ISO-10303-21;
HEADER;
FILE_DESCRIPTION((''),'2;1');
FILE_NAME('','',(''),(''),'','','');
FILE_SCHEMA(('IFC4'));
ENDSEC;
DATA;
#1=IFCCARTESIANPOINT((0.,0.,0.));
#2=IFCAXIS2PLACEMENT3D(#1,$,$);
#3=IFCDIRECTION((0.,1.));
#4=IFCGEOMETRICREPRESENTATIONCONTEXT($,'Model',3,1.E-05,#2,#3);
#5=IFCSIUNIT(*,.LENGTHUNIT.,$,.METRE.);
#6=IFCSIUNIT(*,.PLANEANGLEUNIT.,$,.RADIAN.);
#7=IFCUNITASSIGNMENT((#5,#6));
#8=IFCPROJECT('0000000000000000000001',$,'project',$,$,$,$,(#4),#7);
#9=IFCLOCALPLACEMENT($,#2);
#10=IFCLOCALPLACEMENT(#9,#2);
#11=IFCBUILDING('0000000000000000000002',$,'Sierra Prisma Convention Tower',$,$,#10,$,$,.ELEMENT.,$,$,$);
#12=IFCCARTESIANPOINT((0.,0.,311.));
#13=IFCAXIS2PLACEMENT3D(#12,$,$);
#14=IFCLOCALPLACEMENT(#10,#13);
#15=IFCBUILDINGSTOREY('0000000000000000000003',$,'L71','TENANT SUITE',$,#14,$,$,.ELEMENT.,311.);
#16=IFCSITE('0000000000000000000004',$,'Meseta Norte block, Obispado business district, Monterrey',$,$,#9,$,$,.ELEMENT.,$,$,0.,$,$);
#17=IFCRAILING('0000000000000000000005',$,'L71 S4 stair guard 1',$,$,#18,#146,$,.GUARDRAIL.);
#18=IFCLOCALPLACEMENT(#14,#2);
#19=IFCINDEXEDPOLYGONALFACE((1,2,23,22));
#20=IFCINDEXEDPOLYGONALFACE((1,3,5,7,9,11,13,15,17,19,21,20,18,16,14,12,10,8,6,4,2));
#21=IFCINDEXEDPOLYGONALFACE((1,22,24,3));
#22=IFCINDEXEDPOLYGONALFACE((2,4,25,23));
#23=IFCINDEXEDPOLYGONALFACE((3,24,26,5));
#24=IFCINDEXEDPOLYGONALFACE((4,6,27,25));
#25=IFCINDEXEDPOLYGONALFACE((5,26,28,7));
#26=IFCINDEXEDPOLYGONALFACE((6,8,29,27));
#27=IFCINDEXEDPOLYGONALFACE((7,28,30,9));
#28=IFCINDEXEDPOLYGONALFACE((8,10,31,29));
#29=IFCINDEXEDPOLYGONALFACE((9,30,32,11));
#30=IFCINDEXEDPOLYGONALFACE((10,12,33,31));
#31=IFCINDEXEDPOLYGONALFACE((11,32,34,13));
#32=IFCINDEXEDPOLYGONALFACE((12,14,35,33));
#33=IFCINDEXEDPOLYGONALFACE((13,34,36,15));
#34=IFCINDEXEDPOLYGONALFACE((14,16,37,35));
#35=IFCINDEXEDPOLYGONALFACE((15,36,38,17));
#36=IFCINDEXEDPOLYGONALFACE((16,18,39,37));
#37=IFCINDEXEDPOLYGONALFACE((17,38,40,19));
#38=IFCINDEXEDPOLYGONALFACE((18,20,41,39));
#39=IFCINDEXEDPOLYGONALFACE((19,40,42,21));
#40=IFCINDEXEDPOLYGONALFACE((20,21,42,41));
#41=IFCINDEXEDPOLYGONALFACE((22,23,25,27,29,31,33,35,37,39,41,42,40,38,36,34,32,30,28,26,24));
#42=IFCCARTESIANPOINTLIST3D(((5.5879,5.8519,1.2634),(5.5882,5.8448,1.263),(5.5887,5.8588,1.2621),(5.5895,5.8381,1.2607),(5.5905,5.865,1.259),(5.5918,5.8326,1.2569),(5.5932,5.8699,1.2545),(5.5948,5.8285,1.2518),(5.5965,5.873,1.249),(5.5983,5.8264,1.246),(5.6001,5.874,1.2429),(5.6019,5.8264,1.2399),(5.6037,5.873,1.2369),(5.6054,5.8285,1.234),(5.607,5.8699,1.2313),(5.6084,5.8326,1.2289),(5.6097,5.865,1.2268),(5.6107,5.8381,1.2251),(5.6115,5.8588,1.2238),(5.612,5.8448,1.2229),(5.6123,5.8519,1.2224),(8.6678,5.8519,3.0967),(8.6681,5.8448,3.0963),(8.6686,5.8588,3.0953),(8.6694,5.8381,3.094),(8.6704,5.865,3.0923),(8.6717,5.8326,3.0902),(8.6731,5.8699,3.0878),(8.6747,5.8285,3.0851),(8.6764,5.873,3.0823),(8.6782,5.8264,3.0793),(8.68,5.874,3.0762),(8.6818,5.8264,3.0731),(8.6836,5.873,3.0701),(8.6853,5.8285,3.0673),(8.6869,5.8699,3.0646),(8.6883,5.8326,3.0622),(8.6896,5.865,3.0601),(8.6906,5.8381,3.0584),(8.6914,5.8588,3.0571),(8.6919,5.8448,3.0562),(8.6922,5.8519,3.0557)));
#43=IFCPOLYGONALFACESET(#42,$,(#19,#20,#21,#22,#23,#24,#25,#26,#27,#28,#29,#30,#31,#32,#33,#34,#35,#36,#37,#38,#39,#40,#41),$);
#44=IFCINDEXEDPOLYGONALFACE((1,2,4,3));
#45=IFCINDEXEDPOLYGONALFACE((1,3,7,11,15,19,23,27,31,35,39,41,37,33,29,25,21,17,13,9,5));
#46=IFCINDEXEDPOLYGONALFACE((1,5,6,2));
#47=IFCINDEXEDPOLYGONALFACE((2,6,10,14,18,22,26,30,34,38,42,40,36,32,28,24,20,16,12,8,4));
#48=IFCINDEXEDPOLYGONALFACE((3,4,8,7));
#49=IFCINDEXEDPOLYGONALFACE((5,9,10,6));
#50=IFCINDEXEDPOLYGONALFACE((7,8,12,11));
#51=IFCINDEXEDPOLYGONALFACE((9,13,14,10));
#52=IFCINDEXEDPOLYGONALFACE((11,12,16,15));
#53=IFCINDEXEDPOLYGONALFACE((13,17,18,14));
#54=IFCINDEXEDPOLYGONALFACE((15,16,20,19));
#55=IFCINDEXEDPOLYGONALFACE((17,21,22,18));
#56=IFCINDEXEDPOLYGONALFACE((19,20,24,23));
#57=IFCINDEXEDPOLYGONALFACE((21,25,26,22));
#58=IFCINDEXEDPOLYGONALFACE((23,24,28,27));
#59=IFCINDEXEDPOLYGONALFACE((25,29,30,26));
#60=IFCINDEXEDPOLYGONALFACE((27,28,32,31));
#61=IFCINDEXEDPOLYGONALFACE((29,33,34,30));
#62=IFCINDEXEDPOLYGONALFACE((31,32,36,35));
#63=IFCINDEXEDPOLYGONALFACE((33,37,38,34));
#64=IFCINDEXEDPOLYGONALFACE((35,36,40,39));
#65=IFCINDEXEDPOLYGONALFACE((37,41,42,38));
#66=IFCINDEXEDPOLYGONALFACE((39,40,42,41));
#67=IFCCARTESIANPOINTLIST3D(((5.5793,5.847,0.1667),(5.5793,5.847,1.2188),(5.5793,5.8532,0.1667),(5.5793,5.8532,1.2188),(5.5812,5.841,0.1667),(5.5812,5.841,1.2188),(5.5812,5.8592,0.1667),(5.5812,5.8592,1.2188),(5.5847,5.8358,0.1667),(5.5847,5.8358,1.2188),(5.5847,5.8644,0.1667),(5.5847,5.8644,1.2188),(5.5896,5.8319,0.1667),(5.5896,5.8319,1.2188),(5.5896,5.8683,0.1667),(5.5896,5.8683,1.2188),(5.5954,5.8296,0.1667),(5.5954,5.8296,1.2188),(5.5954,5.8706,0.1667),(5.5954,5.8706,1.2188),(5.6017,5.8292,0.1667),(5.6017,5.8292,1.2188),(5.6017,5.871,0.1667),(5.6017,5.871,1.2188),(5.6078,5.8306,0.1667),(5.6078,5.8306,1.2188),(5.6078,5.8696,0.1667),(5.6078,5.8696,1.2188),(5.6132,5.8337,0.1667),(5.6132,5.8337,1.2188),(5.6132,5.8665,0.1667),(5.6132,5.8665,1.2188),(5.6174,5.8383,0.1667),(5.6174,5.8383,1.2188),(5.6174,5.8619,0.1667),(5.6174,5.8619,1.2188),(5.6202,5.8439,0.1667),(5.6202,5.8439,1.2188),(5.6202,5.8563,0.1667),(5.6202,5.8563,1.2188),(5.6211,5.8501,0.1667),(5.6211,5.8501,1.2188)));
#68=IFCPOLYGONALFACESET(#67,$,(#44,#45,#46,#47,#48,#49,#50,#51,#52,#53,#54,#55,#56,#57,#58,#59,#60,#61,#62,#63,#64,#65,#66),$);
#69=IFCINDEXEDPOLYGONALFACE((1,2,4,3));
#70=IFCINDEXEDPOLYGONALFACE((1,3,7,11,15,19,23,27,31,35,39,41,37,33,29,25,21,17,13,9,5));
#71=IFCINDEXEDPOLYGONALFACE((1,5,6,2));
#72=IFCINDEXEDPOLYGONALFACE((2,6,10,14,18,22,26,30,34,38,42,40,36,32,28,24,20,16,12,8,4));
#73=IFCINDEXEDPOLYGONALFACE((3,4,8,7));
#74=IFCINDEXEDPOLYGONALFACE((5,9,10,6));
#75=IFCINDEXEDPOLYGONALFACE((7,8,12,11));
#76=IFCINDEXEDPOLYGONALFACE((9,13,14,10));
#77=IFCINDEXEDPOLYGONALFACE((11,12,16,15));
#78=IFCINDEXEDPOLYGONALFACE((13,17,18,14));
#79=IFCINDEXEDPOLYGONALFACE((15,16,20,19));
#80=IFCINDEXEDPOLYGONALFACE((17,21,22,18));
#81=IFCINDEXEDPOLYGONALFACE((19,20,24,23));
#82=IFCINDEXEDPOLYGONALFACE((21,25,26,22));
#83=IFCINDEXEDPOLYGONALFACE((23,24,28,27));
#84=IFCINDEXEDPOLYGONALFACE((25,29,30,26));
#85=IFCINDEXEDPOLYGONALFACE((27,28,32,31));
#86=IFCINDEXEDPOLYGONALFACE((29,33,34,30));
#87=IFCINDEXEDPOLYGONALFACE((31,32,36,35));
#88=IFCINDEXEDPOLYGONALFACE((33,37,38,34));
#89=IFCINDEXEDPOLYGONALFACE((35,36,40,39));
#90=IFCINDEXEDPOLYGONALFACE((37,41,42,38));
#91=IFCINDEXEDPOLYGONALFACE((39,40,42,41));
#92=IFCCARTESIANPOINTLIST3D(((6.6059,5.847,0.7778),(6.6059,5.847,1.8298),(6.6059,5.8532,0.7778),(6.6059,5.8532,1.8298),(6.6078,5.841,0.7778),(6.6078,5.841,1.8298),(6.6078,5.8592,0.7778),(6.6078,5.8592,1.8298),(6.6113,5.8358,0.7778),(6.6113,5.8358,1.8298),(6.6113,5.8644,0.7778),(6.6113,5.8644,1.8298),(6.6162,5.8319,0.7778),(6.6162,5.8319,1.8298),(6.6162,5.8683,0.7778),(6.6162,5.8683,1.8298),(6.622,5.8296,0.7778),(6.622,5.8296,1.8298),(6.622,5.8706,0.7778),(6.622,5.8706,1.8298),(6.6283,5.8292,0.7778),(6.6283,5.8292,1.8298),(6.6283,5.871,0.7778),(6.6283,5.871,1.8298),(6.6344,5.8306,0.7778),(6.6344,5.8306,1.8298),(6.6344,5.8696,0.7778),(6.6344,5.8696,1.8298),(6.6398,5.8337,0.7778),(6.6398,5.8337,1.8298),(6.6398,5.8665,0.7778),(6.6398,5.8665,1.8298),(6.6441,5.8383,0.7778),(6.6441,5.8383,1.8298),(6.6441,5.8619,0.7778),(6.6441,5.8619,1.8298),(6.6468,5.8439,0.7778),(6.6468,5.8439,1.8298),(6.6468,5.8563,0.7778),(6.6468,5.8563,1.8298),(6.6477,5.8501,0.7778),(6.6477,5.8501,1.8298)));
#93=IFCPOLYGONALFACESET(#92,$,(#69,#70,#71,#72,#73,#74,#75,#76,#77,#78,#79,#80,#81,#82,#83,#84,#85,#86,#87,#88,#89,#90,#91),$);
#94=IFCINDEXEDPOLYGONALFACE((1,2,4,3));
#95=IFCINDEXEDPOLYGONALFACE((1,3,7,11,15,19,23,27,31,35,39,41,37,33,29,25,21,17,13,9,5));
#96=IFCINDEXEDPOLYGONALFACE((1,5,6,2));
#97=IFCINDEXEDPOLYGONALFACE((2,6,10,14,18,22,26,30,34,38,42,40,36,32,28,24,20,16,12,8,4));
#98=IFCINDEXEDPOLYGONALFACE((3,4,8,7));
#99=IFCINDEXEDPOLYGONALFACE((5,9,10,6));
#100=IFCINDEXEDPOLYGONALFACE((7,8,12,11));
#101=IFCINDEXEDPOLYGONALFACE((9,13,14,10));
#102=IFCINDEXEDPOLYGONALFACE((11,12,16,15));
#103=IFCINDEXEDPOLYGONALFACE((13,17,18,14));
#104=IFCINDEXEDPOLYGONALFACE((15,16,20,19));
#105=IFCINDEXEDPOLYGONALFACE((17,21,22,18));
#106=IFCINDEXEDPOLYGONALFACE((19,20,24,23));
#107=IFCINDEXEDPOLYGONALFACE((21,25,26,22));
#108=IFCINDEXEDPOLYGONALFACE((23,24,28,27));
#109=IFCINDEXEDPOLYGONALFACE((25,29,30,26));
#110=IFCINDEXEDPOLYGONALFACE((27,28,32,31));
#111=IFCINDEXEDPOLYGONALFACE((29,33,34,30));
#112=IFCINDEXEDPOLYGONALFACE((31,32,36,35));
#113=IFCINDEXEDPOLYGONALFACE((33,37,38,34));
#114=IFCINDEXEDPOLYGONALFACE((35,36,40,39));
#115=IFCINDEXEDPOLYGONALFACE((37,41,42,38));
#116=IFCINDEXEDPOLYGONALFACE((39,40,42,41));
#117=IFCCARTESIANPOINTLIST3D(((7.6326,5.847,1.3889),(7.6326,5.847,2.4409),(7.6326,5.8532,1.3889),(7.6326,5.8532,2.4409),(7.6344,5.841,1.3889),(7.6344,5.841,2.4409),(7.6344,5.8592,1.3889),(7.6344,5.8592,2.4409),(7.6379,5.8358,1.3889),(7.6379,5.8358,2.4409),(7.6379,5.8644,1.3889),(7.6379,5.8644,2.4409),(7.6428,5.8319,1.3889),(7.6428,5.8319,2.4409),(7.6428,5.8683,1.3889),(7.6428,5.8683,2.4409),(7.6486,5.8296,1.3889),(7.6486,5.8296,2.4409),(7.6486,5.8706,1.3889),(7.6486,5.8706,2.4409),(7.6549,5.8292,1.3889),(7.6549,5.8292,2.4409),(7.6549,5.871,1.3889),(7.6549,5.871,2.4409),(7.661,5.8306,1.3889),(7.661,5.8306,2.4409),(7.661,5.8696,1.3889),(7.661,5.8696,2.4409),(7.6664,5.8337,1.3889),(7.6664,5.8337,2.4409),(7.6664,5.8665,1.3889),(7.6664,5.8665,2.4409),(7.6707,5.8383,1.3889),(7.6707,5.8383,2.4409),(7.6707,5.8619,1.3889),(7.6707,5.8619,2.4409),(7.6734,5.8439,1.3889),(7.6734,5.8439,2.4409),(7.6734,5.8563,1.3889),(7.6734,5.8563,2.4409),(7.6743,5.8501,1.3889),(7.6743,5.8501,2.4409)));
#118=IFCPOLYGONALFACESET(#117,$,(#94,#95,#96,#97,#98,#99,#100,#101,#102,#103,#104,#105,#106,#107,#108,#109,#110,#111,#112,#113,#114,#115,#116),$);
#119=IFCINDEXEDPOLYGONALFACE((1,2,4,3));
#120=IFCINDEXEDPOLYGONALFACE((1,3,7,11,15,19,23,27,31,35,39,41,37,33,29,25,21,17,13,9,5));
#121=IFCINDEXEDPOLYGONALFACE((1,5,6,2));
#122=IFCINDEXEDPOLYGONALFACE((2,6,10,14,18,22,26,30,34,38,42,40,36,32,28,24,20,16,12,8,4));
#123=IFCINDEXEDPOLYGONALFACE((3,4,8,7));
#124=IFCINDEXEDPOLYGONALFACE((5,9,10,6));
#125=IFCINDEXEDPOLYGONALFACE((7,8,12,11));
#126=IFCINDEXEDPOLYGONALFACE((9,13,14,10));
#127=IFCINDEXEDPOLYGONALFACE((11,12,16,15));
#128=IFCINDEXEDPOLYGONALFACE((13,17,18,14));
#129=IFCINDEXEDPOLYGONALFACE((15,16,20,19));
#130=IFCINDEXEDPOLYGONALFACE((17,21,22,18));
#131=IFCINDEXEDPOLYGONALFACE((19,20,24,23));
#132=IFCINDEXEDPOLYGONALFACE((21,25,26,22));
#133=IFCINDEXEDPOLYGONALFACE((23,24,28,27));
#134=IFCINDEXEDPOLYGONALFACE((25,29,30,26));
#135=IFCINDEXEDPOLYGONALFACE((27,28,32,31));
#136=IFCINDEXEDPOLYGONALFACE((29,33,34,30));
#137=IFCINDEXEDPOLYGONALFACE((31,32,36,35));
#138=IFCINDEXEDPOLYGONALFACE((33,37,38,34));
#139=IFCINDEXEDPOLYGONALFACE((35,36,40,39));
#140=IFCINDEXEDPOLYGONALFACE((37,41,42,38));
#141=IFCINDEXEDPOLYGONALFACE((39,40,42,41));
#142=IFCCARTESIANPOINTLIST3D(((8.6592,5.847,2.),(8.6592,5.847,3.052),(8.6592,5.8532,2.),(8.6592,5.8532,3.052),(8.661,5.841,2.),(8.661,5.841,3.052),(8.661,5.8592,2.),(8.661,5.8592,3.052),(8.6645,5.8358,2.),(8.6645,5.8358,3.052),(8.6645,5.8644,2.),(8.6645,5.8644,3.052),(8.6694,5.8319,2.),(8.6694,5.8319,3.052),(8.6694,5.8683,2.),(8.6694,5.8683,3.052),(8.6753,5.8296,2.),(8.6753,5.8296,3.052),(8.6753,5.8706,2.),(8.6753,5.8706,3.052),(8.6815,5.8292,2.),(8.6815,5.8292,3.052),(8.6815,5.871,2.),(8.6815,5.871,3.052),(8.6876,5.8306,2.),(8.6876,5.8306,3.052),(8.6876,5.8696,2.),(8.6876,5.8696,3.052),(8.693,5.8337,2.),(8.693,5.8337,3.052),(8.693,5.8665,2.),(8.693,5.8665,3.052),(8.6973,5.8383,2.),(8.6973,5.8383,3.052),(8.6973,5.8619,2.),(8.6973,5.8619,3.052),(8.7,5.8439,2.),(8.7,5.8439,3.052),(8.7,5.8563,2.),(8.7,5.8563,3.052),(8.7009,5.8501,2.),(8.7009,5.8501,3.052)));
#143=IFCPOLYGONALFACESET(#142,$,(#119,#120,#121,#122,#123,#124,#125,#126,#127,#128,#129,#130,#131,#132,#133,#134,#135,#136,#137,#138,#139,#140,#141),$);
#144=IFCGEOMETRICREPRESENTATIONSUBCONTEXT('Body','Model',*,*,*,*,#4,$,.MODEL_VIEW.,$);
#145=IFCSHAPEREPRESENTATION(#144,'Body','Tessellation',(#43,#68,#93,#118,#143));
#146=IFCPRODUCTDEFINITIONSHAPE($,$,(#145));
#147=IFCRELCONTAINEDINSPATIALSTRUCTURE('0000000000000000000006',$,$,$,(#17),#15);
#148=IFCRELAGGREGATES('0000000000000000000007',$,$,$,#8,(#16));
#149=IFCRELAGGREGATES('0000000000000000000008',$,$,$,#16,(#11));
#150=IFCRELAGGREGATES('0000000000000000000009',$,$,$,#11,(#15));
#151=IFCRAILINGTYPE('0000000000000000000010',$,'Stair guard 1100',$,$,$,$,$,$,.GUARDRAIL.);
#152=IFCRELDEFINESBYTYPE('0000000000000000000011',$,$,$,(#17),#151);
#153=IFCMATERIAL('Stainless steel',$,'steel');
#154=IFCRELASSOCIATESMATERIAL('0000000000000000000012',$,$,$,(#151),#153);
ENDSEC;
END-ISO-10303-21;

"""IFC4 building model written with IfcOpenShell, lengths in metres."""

from ifc_helpers import new_model, si_unit, direction, frame, origin, origin_2d, place, context, subcontext, project, spatial, circle, extrude, material, type_object, element, save


model = new_model("IFC4")

# Units and contexts
model_context = context("Model", 3, precision=1e-05, world=origin(), true_north=direction((0.0, 1.0)))
body_context = subcontext(model_context, "Body", "Model", "MODEL_VIEW")
ifc_project = project(units=[si_unit("LENGTHUNIT", "METRE"), si_unit("PLANEANGLEUNIT", "RADIAN")], contexts=[model_context])

# Site, building, storey
site_placement = place(None, origin())
site = spatial("IfcSite", under=ifc_project, at=site_placement, Name="Meseta Norte block, Obispado business district, Monterrey", CompositionType="ELEMENT", RefElevation=0.0)
building_placement = place(site_placement, origin())
building = spatial("IfcBuilding", under=site, at=building_placement, Name="Sierra Prisma Convention Tower", CompositionType="ELEMENT")
storey_placement = place(building_placement, frame((0.0, 0.0, 311.0)))
storey = spatial("IfcBuildingStorey", under=building, at=storey_placement, Name="L71", Description="TENANT SUITE", CompositionType="ELEMENT", Elevation=311.0)

# Railing
ifc_material_1 = material(Name="Stainless steel", Category="steel")
railing_type_1 = type_object("IfcRailingType", Name="Stair guard 1100", PredefinedType="GUARDRAIL", material=ifc_material_1)
railing_1_placement = place(storey_placement, frame((5.6001, 5.8501, 0.1667)))
element("IfcRailing", 1, at=railing_1_placement, inside=storey, type_object=railing_type_1, Name="L71 S4 stair guard 1", PredefinedType="GUARDRAIL", context=body_context, shape_type="SweptSolid", body=[
    extrude(circle(Radius=0.0239, at=origin_2d()), frame((0.0, 0.0, 1.0762), z_axis=(0.859291, 0.0, 0.511487), x_axis=(0.0, 1.0, 0.0)), (0.0, 0.0, 1.0), 3.5842),
    extrude(circle(Radius=0.021, at=origin_2d()), origin(), (0.0, 0.0, 1.0), 1.052),
    extrude(circle(Radius=0.021, at=origin_2d()), frame((1.0266, 0.0, 0.6111)), (0.0, 0.0, 1.0), 1.052),
    extrude(circle(Radius=0.021, at=origin_2d()), frame((2.0532, 0.0, 1.2222)), (0.0, 0.0, 1.0), 1.052),
    extrude(circle(Radius=0.021, at=origin_2d()), frame((3.0798, 0.0, 1.8333)), (0.0, 0.0, 1.0), 1.052),
])

save(model, "model.ifc")
